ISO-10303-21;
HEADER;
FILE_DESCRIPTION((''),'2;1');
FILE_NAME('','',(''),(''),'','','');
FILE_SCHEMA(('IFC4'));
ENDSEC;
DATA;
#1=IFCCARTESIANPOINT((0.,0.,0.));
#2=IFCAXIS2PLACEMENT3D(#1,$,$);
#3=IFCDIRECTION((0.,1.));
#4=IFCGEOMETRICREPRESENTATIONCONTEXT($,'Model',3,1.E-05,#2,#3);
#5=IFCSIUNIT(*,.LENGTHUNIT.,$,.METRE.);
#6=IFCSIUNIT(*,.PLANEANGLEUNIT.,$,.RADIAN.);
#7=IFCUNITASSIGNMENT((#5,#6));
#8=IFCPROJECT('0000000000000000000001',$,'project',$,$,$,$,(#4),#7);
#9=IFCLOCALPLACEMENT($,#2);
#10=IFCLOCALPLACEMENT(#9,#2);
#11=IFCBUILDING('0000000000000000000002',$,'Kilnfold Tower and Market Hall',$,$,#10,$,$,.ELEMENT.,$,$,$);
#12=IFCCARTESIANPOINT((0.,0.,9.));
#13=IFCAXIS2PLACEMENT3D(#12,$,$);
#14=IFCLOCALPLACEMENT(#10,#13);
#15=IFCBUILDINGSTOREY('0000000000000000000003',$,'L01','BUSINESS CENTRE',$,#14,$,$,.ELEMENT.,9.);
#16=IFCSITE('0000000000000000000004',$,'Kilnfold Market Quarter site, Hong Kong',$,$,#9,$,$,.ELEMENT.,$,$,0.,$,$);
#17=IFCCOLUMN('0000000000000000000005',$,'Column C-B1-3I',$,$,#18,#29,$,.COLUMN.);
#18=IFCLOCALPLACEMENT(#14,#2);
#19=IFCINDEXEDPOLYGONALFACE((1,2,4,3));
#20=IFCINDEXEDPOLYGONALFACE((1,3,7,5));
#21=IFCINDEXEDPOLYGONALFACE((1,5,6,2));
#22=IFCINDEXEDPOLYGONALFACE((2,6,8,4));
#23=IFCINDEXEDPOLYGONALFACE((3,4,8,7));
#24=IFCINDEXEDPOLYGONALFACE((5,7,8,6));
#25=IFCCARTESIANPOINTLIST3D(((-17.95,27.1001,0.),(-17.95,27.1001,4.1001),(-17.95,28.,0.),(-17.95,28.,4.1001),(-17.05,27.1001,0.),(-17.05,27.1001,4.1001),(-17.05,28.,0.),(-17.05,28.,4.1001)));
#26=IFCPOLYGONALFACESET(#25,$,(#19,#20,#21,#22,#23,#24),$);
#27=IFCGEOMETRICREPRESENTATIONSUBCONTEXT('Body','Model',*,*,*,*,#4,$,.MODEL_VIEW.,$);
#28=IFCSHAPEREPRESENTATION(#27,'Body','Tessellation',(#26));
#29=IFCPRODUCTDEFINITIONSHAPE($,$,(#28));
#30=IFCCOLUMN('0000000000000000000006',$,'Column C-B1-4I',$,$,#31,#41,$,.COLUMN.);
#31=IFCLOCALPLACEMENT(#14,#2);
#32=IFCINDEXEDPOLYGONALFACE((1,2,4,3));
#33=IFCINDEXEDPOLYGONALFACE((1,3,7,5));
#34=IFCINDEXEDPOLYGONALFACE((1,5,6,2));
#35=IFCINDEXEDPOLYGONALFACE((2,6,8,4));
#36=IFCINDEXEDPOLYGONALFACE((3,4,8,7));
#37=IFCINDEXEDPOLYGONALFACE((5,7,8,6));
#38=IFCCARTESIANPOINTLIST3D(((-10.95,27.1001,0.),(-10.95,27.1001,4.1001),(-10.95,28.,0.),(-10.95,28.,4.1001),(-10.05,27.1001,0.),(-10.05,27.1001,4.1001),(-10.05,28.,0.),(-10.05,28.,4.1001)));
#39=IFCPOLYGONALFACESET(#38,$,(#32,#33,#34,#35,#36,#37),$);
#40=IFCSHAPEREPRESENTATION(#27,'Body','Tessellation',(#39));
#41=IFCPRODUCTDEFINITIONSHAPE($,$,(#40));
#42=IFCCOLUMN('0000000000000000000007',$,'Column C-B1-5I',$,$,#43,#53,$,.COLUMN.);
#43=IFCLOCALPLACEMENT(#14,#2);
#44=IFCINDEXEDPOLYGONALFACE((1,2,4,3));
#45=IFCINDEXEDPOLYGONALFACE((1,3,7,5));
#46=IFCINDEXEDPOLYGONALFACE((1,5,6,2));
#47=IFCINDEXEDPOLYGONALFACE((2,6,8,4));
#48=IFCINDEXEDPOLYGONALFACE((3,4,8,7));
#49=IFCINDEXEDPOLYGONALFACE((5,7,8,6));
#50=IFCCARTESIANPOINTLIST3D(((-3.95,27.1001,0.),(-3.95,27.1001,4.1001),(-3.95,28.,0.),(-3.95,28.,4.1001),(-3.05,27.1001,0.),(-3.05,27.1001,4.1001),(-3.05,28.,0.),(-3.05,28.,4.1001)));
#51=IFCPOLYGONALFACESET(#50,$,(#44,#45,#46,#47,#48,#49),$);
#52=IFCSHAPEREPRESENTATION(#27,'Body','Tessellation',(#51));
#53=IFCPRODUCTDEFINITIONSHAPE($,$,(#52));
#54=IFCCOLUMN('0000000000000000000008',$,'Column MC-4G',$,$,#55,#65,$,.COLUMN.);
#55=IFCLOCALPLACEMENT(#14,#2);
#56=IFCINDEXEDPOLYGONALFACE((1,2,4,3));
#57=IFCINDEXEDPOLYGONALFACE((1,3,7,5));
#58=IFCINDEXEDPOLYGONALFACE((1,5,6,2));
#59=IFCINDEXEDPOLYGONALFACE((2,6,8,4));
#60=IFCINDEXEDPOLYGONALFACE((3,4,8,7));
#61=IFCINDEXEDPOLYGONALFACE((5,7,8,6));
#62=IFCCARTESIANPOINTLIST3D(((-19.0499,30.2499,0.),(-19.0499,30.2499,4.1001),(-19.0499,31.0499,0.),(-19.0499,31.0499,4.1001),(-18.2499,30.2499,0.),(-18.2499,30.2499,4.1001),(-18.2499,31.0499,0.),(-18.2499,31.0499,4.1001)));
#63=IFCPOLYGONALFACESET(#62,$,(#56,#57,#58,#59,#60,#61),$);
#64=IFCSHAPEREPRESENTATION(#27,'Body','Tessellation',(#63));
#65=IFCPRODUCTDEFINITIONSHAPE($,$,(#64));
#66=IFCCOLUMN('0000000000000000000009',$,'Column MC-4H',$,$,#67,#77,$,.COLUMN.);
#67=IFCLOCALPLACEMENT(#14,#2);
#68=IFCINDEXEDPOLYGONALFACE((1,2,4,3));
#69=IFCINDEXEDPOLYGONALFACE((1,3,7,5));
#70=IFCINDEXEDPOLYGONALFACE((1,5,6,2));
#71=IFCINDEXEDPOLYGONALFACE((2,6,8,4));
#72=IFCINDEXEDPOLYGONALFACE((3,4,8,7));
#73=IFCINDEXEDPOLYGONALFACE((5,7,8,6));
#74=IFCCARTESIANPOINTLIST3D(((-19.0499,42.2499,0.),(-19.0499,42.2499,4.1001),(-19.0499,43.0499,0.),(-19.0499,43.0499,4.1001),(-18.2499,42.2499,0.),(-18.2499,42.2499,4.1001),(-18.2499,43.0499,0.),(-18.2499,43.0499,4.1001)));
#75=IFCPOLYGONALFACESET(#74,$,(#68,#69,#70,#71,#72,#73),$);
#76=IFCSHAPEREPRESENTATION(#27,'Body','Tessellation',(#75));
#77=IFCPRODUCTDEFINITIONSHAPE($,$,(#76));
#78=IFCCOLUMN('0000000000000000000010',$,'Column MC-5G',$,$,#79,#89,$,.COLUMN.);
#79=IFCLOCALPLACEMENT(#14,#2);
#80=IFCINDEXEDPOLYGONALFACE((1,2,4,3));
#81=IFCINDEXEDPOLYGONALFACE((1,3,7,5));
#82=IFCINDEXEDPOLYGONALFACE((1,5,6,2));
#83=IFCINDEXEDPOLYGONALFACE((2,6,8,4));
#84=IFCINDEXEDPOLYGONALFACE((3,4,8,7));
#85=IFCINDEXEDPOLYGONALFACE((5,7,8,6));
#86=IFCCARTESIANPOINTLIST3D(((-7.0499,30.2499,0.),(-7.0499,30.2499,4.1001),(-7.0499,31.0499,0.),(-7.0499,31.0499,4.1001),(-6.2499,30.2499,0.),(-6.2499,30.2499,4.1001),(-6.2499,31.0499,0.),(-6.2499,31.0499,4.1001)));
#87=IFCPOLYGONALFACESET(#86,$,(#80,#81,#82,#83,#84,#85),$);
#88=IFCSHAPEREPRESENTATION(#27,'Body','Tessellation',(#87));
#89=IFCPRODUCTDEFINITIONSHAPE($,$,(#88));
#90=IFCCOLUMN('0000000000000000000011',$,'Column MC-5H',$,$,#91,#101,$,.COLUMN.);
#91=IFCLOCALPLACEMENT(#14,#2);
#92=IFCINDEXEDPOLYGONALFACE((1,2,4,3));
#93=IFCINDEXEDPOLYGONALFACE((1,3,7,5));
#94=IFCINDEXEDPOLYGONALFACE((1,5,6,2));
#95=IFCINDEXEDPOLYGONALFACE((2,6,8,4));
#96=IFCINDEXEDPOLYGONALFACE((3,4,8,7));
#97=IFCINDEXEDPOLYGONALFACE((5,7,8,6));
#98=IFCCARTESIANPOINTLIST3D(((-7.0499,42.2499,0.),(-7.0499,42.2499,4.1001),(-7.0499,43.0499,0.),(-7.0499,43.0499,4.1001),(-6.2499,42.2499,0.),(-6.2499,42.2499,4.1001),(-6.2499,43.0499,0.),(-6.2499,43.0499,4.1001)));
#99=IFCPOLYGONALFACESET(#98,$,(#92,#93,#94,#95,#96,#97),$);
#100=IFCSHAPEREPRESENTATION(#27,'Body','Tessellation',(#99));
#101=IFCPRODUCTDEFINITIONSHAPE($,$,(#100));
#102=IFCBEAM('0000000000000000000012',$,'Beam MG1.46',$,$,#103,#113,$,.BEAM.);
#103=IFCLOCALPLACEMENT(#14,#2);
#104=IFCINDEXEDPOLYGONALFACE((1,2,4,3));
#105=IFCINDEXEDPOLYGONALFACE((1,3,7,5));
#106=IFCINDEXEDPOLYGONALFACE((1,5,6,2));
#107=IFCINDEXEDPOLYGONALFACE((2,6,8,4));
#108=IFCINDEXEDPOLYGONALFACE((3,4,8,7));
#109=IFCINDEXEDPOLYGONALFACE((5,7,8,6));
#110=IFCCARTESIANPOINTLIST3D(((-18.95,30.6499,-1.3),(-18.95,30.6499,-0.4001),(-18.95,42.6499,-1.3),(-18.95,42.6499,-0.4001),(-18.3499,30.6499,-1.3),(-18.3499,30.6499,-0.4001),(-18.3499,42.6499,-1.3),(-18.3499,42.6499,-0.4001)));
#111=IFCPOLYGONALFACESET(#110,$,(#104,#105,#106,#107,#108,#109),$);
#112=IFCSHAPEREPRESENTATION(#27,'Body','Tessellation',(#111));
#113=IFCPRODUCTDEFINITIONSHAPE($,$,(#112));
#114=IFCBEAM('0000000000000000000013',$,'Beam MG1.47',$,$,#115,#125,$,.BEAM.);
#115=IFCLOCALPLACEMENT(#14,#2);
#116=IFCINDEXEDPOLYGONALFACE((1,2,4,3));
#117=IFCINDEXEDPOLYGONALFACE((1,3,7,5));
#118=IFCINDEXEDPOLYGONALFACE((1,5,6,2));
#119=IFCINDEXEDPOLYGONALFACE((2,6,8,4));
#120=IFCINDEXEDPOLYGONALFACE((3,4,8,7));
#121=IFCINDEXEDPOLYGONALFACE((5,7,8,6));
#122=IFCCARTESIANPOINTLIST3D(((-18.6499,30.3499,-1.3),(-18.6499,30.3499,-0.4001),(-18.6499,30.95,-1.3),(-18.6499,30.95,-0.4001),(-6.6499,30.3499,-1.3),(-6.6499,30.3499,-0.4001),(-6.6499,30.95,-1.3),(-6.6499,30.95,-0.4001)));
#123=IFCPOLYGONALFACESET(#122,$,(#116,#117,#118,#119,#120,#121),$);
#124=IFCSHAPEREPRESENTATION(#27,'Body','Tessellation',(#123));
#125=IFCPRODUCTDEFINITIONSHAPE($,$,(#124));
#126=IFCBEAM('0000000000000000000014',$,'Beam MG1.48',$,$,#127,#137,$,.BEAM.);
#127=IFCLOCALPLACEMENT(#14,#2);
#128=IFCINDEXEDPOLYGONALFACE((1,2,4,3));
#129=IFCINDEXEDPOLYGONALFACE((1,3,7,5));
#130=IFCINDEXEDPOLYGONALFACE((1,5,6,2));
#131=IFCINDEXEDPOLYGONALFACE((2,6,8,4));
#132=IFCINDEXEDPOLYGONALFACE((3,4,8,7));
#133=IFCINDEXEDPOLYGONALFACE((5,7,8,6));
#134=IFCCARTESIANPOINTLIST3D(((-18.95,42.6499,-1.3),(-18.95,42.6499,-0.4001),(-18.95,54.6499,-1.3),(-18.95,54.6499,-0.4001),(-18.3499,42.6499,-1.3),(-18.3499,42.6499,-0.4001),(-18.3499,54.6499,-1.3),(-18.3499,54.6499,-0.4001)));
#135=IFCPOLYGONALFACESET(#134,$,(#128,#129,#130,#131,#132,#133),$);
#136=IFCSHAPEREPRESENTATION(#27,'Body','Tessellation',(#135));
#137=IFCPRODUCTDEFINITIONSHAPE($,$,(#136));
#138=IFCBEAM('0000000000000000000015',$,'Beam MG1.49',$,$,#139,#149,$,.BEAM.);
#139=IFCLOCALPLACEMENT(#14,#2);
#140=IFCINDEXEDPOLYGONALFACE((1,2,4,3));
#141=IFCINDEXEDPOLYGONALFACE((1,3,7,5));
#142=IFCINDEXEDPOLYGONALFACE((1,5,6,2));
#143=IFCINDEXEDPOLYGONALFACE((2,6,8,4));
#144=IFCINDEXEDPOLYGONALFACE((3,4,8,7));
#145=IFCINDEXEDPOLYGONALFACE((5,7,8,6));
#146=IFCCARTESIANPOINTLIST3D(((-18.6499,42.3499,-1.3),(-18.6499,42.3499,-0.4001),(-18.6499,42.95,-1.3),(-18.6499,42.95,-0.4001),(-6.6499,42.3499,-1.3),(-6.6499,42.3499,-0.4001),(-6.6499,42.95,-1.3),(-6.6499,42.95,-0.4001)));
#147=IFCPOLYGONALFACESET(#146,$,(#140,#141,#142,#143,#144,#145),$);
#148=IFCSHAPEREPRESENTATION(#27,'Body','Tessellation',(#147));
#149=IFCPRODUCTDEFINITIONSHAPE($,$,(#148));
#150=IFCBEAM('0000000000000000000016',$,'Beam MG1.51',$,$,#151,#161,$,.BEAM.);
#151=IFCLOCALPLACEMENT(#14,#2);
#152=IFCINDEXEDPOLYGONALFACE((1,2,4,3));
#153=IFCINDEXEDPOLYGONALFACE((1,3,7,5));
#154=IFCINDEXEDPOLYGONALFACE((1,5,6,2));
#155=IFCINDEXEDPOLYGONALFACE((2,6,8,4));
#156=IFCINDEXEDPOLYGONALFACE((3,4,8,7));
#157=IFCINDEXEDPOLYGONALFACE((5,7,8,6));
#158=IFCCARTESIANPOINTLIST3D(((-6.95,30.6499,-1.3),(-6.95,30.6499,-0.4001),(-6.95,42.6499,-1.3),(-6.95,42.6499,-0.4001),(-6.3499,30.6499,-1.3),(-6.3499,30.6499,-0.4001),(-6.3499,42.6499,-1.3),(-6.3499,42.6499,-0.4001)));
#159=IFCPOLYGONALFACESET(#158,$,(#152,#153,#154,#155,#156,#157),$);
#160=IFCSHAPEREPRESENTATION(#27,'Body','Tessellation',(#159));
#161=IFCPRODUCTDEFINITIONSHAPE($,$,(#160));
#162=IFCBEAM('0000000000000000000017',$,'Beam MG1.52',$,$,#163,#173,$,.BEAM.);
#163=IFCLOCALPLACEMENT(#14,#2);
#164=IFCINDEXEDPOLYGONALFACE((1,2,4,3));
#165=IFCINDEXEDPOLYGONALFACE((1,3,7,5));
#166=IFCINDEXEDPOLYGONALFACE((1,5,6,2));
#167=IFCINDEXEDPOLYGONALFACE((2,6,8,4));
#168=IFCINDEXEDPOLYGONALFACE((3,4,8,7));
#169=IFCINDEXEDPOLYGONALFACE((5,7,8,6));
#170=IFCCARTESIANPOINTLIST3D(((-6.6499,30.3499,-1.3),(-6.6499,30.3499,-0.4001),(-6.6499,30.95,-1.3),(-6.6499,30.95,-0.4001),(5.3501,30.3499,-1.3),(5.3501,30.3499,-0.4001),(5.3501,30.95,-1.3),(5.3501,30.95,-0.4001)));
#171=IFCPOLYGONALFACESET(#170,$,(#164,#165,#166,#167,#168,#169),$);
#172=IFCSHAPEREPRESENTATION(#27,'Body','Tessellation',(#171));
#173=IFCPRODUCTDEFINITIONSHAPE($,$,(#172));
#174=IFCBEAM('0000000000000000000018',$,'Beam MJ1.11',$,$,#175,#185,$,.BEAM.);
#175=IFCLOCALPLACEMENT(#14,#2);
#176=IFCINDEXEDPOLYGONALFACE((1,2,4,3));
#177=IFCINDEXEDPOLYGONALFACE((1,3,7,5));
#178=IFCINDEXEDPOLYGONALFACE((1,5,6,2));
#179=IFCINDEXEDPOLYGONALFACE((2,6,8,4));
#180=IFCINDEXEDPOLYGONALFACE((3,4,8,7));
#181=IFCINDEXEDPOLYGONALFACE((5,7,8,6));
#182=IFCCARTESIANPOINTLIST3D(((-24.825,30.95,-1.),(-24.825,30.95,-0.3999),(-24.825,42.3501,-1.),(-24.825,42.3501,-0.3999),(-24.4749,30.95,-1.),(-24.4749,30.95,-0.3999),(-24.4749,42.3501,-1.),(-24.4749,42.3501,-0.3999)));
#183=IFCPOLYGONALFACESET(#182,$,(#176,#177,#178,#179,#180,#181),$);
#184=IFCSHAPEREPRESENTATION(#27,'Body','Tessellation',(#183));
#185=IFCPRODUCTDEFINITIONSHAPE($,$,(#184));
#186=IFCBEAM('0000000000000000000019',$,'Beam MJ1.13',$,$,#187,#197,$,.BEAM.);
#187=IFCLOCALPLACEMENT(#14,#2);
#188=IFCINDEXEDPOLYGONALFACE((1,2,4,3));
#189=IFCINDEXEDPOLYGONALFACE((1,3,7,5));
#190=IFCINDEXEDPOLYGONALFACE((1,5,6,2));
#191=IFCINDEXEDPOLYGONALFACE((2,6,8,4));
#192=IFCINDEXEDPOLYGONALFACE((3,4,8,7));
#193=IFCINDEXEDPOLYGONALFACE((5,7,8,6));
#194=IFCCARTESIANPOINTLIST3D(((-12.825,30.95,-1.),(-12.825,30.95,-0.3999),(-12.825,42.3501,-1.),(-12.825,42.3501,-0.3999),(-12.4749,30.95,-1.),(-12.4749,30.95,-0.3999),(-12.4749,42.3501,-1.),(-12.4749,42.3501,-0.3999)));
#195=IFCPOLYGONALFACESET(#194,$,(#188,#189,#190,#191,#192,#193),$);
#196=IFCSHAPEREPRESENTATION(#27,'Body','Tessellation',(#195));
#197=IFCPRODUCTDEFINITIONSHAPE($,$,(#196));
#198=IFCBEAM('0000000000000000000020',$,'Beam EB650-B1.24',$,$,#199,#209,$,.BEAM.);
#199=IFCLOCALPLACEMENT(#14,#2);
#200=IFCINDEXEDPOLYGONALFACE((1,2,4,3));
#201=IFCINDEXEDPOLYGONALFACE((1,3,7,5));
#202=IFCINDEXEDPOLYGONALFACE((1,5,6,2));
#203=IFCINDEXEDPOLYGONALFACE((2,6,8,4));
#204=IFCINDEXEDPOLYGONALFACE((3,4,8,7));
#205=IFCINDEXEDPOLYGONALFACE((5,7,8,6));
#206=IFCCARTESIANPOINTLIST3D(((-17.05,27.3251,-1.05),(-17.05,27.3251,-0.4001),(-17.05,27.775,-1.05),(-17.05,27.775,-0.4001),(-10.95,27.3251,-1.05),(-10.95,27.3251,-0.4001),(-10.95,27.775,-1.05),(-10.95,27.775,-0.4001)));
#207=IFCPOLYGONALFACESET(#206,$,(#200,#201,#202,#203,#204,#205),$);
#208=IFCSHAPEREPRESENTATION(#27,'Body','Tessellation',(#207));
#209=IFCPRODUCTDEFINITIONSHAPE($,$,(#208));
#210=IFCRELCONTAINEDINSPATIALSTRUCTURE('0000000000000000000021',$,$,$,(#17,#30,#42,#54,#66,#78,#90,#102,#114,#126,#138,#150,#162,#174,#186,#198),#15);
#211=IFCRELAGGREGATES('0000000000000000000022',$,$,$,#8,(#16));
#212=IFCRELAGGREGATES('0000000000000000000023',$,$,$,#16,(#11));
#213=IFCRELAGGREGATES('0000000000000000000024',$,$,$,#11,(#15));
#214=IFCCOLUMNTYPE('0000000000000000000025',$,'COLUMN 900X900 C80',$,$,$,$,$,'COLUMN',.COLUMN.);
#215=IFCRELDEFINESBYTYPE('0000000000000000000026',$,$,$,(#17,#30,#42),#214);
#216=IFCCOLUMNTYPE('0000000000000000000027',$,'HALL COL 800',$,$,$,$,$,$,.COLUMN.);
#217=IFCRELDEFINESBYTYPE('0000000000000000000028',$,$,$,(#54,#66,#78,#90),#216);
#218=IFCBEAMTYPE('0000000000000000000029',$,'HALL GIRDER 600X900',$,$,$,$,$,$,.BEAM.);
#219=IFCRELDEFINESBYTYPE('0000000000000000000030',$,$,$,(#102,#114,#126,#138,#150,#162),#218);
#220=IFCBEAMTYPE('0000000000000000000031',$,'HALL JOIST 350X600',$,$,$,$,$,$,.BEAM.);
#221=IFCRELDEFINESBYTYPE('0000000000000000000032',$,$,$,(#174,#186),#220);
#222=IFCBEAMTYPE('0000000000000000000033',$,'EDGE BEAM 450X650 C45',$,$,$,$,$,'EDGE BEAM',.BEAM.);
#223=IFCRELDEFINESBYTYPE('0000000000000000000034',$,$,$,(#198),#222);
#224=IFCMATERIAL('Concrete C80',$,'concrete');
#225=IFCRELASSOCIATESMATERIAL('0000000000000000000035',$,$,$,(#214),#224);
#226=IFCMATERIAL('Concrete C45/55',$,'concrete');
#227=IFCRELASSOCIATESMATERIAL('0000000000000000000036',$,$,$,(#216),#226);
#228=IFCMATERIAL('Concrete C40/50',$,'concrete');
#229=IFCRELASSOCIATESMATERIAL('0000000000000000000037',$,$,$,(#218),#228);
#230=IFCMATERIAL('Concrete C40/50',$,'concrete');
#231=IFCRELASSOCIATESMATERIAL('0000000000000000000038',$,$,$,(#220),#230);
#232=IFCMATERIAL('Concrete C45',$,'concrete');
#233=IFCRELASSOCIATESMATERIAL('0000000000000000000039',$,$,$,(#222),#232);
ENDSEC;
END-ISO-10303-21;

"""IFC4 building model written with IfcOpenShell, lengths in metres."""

from ifc_helpers import new_model, si_unit, direction, frame, origin, origin_2d, place, context, subcontext, project, spatial, rectangle, extrude, source, transform, mapped, material, material_profile, profile_set, type_object, element, save


model = new_model("IFC4")

# Units and contexts
model_context = context("Model", 3, precision=1e-05, world=origin(), true_north=direction((0.0, 1.0)))
body_context = subcontext(model_context, "Body", "Model", "MODEL_VIEW")
ifc_project = project(units=[si_unit("LENGTHUNIT", "METRE"), si_unit("PLANEANGLEUNIT", "RADIAN")], contexts=[model_context])

# Site, building, storey
site_placement = place(None, origin())
site = spatial("IfcSite", under=ifc_project, at=site_placement, Name="Kilnfold Market Quarter site, Hong Kong", CompositionType="ELEMENT", RefElevation=0.0)
building_placement = place(site_placement, origin())
building = spatial("IfcBuilding", under=site, at=building_placement, Name="Kilnfold Tower and Market Hall", CompositionType="ELEMENT")
storey_placement = place(building_placement, frame((0.0, 0.0, 9.0)))
storey = spatial("IfcBuildingStorey", under=building, at=storey_placement, Name="L01", Description="BUSINESS CENTRE", CompositionType="ELEMENT", Elevation=9.0)

# Columns
ifc_material_1 = material(Name="Concrete C80", Category="concrete")
ifc_material_profile_1 = material_profile(ifc_material_1, rectangle(XDim=0.8999, YDim=0.8999, at=origin_2d()), Name="RC 900x900")
ifc_profile_set_1 = profile_set([ifc_material_profile_1], Name="Concrete C80")
column_type_1 = type_object("IfcColumnType", Name="COLUMN 900X900 C80", ElementType="COLUMN", PredefinedType="COLUMN", material=ifc_profile_set_1)
shared_shape_1 = source(origin(), body_context, "Body", "SweptSolid", [
    extrude(rectangle(XDim=0.8999, YDim=0.8999, at=origin_2d()), origin(), (0.0, 0.0, 1.0), 4.1001),
])
for number, where, z_axis, x_axis, name in (
    (1, (-17.5, 27.55, 0.0), (0.0, 0.0, 1.0), (1.0, 0.0, 0.0), "Column C-B1-3I"),
    (2, (-10.5, 27.55, 0.0), (0.0, 0.0, 1.0), (1.0, 0.0, 0.0), "Column C-B1-4I"),
    (3, (-3.5, 27.55, 0.0), (0.0, 0.0, 1.0), (1.0, 0.0, 0.0), "Column C-B1-5I"),
):
    element("IfcColumn", number, at=place(storey_placement, frame(where, z_axis=z_axis, x_axis=x_axis)), inside=storey, type_object=column_type_1, Name=name, PredefinedType="COLUMN", context=body_context, shape_type="MappedRepresentation", body=[
        mapped(shared_shape_1, transform((0.0, 0.0, 0.0))),
    ])
ifc_material_2 = material(Name="Concrete C45/55", Category="concrete")
ifc_material_profile_2 = material_profile(ifc_material_2, rectangle(XDim=0.8, YDim=0.8, at=origin_2d()), Name="RC 800x800")
ifc_profile_set_2 = profile_set([ifc_material_profile_2], Name="Concrete C45/55")
column_type_2 = type_object("IfcColumnType", Name="HALL COL 800", PredefinedType="COLUMN", material=ifc_profile_set_2)
shared_shape_2 = source(origin(), body_context, "Body", "SweptSolid", [
    extrude(rectangle(XDim=0.8, YDim=0.8, at=origin_2d()), origin(), (0.0, 0.0, 1.0), 4.1001),
])
for number, where, z_axis, x_axis, name in (
    (4, (-18.6499, 30.6499, 0.0), (0.0, 0.0, 1.0), (1.0, 0.0, 0.0), "Column MC-4G"),
    (5, (-18.6499, 42.6499, 0.0), (0.0, 0.0, 1.0), (1.0, 0.0, 0.0), "Column MC-4H"),
    (6, (-6.6499, 30.6499, 0.0), (0.0, 0.0, 1.0), (1.0, 0.0, 0.0), "Column MC-5G"),
    (7, (-6.6499, 42.6499, 0.0), (0.0, 0.0, 1.0), (1.0, 0.0, 0.0), "Column MC-5H"),
):
    element("IfcColumn", number, at=place(storey_placement, frame(where, z_axis=z_axis, x_axis=x_axis)), inside=storey, type_object=column_type_2, Name=name, PredefinedType="COLUMN", context=body_context, shape_type="MappedRepresentation", body=[
        mapped(shared_shape_2, transform((0.0, 0.0, 0.0))),
    ])

# Beams
ifc_material_3 = material(Name="Concrete C40/50", Category="concrete")
ifc_material_profile_3 = material_profile(ifc_material_3, rectangle(XDim=0.6001, YDim=0.8999, at=origin_2d()), Name="RC 600x900")
ifc_profile_set_3 = profile_set([ifc_material_profile_3], Name="Concrete C40/50")
beam_type_1 = type_object("IfcBeamType", Name="HALL GIRDER 600X900", PredefinedType="BEAM", material=ifc_profile_set_3)
for number, where, z_axis, x_axis, name in (
    (8, (-18.6499, 30.6499, -0.8501), (0.0, 1.0, 0.0), (-1.0, 0.0, 0.0), "Beam MG1.46"),
    (9, (-18.6499, 30.6499, -0.8501), (1.0, 0.0, 0.0), (0.0, 1.0, 0.0), "Beam MG1.47"),
    (10, (-18.6499, 42.6499, -0.8501), (0.0, 1.0, 0.0), (-1.0, 0.0, 0.0), "Beam MG1.48"),
    (11, (-18.6499, 42.6499, -0.8501), (1.0, 0.0, 0.0), (0.0, 1.0, 0.0), "Beam MG1.49"),
    (12, (-6.6499, 30.6499, -0.8501), (0.0, 1.0, 0.0), (-1.0, 0.0, 0.0), "Beam MG1.51"),
    (13, (-6.6499, 30.6499, -0.8501), (1.0, 0.0, 0.0), (0.0, 1.0, 0.0), "Beam MG1.52"),
):
    element("IfcBeam", number, at=place(storey_placement, frame(where, z_axis=z_axis, x_axis=x_axis)), inside=storey, type_object=beam_type_1, Name=name, PredefinedType="BEAM", context=body_context, shape_type="SweptSolid", body=[
        extrude(rectangle(XDim=0.6001, YDim=0.8999, at=origin_2d()), origin(), (0.0, 0.0, 1.0), 12.0),
    ])
ifc_material_4 = material(Name="Concrete C40/50", Category="concrete")
ifc_material_profile_4 = material_profile(ifc_material_4, rectangle(XDim=0.3501, YDim=0.6001, at=origin_2d()), Name="RC 350x600")
ifc_profile_set_4 = profile_set([ifc_material_profile_4], Name="Concrete C40/50")
beam_type_2 = type_object("IfcBeamType", Name="HALL JOIST 350X600", PredefinedType="BEAM", material=ifc_profile_set_4)
for number, where, z_axis, x_axis, name in (
    (14, (-24.6499, 30.95, -0.7), (0.0, 1.0, 0.0), (-1.0, 0.0, 0.0), "Beam MJ1.11"),
    (15, (-12.6499, 30.95, -0.7), (0.0, 1.0, 0.0), (-1.0, 0.0, 0.0), "Beam MJ1.13"),
):
    element("IfcBeam", number, at=place(storey_placement, frame(where, z_axis=z_axis, x_axis=x_axis)), inside=storey, type_object=beam_type_2, Name=name, PredefinedType="BEAM", context=body_context, shape_type="SweptSolid", body=[
        extrude(rectangle(XDim=0.3501, YDim=0.6001, at=origin_2d()), origin(), (0.0, 0.0, 1.0), 11.4001),
    ])
ifc_material_5 = material(Name="Concrete C45", Category="concrete")
ifc_material_profile_5 = material_profile(ifc_material_5, rectangle(XDim=0.45, YDim=0.6499, at=origin_2d()), Name="RC 450x650")
ifc_profile_set_5 = profile_set([ifc_material_profile_5], Name="Concrete C45")
beam_type_3 = type_object("IfcBeamType", Name="EDGE BEAM 450X650 C45", ElementType="EDGE BEAM", PredefinedType="BEAM", material=ifc_profile_set_5)
shared_shape_3 = source(origin(), body_context, "Body", "SweptSolid", [
    extrude(rectangle(XDim=0.45, YDim=0.6499, at=origin_2d()), origin(), (0.0, 0.0, 1.0), 6.1001),
])
for number, where, z_axis, x_axis, name in (
    (16, (-17.05, 27.55, -0.7251), (1.0, 0.0, 0.0), (0.0, 1.0, 0.0), "Beam EB650-B1.24"),
):
    element("IfcBeam", number, at=place(storey_placement, frame(where, z_axis=z_axis, x_axis=x_axis)), inside=storey, type_object=beam_type_3, Name=name, PredefinedType="BEAM", context=body_context, shape_type="MappedRepresentation", body=[
        mapped(shared_shape_3, transform((0.0, 0.0, 0.0))),
    ])

save(model, "model.ifc")
